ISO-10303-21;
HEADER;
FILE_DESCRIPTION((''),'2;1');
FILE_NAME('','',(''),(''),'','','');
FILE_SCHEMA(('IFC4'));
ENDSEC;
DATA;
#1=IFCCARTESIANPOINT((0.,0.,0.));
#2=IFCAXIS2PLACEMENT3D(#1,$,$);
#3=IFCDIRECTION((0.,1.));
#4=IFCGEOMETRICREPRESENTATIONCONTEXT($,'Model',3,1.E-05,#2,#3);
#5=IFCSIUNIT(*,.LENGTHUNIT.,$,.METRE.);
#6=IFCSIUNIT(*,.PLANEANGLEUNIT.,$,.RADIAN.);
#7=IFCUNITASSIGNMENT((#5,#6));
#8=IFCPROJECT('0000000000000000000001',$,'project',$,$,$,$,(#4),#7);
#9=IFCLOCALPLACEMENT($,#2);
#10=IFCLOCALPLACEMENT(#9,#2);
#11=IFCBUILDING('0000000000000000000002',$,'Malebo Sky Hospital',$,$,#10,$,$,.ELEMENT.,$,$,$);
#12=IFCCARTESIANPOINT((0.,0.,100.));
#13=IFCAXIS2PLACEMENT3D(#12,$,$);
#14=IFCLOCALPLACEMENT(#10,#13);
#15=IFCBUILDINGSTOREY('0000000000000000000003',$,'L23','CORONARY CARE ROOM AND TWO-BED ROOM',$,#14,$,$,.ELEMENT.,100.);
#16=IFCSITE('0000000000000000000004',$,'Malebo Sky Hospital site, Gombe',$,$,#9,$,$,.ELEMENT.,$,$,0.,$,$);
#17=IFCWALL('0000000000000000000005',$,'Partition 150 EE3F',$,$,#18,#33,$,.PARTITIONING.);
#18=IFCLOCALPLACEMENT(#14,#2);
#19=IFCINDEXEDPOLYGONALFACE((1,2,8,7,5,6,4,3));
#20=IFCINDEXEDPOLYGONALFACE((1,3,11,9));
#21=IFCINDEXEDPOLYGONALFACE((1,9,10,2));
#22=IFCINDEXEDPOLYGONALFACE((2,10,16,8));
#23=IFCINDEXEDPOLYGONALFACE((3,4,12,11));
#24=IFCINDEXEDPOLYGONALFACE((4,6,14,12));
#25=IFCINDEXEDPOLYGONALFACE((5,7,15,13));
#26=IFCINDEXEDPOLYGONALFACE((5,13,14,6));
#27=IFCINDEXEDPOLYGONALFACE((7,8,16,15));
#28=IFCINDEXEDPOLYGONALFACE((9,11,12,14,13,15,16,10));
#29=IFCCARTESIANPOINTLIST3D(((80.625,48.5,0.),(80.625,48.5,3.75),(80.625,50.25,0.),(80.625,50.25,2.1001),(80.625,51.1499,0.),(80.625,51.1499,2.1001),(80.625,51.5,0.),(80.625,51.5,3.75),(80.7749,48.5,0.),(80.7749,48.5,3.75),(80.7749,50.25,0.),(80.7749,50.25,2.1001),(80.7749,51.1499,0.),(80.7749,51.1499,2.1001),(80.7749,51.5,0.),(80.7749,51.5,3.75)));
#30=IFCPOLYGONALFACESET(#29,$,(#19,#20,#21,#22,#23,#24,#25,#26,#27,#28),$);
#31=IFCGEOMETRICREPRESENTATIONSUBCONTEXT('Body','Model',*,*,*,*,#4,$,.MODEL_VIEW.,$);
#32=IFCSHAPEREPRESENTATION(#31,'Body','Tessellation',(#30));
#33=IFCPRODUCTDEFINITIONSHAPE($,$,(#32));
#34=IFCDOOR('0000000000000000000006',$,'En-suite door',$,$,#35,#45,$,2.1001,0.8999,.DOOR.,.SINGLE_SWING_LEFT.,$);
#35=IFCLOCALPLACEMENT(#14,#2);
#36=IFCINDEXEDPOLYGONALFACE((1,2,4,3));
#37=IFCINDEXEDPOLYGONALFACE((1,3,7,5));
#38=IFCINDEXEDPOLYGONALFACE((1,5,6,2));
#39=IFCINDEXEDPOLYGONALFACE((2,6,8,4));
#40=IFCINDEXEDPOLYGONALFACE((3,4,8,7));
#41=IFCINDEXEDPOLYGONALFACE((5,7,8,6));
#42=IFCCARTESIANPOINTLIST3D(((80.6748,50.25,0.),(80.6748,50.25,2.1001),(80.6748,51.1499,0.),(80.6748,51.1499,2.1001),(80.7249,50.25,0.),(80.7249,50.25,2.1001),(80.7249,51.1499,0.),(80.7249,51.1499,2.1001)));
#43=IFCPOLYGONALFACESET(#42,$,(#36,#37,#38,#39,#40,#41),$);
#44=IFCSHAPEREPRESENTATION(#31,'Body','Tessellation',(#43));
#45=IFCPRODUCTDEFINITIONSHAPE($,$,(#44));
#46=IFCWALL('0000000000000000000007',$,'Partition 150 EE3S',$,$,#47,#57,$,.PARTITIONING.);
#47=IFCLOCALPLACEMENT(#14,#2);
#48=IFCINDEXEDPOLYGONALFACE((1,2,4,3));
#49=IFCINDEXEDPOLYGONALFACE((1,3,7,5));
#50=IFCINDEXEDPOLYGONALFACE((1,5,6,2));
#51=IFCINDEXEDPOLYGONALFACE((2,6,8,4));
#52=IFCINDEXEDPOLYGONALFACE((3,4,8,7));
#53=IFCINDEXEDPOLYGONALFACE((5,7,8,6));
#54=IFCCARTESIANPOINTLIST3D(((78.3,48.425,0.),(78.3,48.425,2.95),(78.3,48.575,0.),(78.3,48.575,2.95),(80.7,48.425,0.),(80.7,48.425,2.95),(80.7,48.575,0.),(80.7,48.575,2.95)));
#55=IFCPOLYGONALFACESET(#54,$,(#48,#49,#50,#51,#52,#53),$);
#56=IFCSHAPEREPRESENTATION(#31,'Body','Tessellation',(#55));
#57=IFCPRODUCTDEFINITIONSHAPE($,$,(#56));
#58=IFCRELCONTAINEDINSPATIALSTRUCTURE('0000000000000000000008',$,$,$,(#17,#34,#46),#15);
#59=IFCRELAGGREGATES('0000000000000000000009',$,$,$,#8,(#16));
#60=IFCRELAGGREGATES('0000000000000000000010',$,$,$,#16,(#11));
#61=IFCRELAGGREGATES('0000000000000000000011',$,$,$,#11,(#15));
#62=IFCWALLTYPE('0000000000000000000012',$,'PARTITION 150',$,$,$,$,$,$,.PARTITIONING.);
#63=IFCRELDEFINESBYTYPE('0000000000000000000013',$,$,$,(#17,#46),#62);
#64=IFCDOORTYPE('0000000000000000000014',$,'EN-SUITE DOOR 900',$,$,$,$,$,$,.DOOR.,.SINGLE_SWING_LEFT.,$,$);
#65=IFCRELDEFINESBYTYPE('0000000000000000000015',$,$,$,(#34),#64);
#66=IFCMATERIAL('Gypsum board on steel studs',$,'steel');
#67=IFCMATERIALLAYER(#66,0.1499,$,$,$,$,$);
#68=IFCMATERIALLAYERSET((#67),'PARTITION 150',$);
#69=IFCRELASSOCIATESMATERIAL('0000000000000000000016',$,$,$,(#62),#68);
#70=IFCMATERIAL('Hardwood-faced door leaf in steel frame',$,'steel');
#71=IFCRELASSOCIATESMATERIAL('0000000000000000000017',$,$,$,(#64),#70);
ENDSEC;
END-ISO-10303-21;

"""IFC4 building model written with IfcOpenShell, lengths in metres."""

from ifc_helpers import new_model, si_unit, direction, frame, frame_2d, origin, place, context, subcontext, project, spatial, rectangle, extrude, material, layer, layer_set, type_object, element, fill, save


model = new_model("IFC4")

# Units and contexts
model_context = context("Model", 3, precision=1e-05, world=origin(), true_north=direction((0.0, 1.0)))
body_context = subcontext(model_context, "Body", "Model", "MODEL_VIEW")
ifc_project = project(units=[si_unit("LENGTHUNIT", "METRE"), si_unit("PLANEANGLEUNIT", "RADIAN")], contexts=[model_context])

# Site, building, storey
site_placement = place(None, origin())
site = spatial("IfcSite", under=ifc_project, at=site_placement, Name="Malebo Sky Hospital site, Gombe", CompositionType="ELEMENT", RefElevation=0.0)
building_placement = place(site_placement, origin())
building = spatial("IfcBuilding", under=site, at=building_placement, Name="Malebo Sky Hospital", CompositionType="ELEMENT")
storey_placement = place(building_placement, frame((0.0, 0.0, 100.0)))
storey = spatial("IfcBuildingStorey", under=building, at=storey_placement, Name="L23", Description="CORONARY CARE ROOM AND TWO-BED ROOM", CompositionType="ELEMENT", Elevation=100.0)

# Shared definitions
ifc_material_1 = material(Name="Gypsum board on steel studs", Category="steel")
ifc_material_2 = material(Name="Hardwood-faced door leaf in steel frame", Category="steel")

# Shared definitions
ifc_layer_1 = layer(ifc_material_1, 0.1499)
ifc_layer_set_1 = layer_set([ifc_layer_1], Name="PARTITION 150")
wall_type_1 = type_object("IfcWallType", Name="PARTITION 150", PredefinedType="PARTITIONING", material=ifc_layer_set_1)

# Wall, opening, door
wall_1_placement = place(storey_placement, frame((80.7, 51.5, 0.0), z_axis=(0.0, 0.0, 1.0), x_axis=(0.0, -1.0, 0.0)))
wall_1 = element("IfcWall", 1, at=wall_1_placement, inside=storey, type_object=wall_type_1, Name="Partition 150 EE3F", PredefinedType="PARTITIONING", context=body_context, shape_type="SweptSolid", body=[
    extrude(rectangle(XDim=3.0, YDim=0.1499, at=frame_2d((1.5, 0.0))), origin(), (0.0, 0.0, 1.0), 3.75),
])
opening_1_placement = place(wall_1_placement, frame((0.3501, 0.0, 0.0)))
opening_1 = element("IfcOpeningElement", 2, at=opening_1_placement, cuts=wall_1, PredefinedType="OPENING", context=body_context, shape_type="SweptSolid", body=[
    extrude(rectangle(XDim=0.8999, YDim=2.1001, at=frame_2d((0.45, 1.05))), frame((0.0, 0.085, 0.0), z_axis=(0.0, -1.0, 0.0), x_axis=(1.0, 0.0, 0.0)), (0.0, 0.0, 1.0), 0.1699),
])
door_type_1 = type_object("IfcDoorType", Name="EN-SUITE DOOR 900", OperationType="SINGLE_SWING_LEFT", PredefinedType="DOOR", material=ifc_material_2)
door_1_placement = place(opening_1_placement, origin())
door_1 = element("IfcDoor", 3, at=door_1_placement, inside=storey, type_object=door_type_1, Name="En-suite door", OperationType="SINGLE_SWING_LEFT", OverallHeight=2.1001, OverallWidth=0.8999, PredefinedType="DOOR", context=body_context, shape_type="SweptSolid", body=[
    extrude(rectangle(XDim=0.8999, YDim=2.1001, at=frame_2d((0.45, 1.05))), frame((0.0, 0.0249, 0.0), z_axis=(0.0, -1.0, 0.0), x_axis=(1.0, 0.0, 0.0)), (0.0, 0.0, 1.0), 0.05),
])
fill(opening_1, door_1)

# Wall
wall_2_placement = place(storey_placement, frame((78.3, 48.5, 0.0), z_axis=(0.0, 0.0, 1.0), x_axis=(1.0, 0.0, 0.0)))
element("IfcWall", 4, at=wall_2_placement, inside=storey, type_object=wall_type_1, Name="Partition 150 EE3S", PredefinedType="PARTITIONING", context=body_context, shape_type="SweptSolid", body=[
    extrude(rectangle(XDim=2.3999, YDim=0.1499, at=frame_2d((1.2, 0.0))), origin(), (0.0, 0.0, 1.0), 2.95),
])

save(model, "model.ifc")
